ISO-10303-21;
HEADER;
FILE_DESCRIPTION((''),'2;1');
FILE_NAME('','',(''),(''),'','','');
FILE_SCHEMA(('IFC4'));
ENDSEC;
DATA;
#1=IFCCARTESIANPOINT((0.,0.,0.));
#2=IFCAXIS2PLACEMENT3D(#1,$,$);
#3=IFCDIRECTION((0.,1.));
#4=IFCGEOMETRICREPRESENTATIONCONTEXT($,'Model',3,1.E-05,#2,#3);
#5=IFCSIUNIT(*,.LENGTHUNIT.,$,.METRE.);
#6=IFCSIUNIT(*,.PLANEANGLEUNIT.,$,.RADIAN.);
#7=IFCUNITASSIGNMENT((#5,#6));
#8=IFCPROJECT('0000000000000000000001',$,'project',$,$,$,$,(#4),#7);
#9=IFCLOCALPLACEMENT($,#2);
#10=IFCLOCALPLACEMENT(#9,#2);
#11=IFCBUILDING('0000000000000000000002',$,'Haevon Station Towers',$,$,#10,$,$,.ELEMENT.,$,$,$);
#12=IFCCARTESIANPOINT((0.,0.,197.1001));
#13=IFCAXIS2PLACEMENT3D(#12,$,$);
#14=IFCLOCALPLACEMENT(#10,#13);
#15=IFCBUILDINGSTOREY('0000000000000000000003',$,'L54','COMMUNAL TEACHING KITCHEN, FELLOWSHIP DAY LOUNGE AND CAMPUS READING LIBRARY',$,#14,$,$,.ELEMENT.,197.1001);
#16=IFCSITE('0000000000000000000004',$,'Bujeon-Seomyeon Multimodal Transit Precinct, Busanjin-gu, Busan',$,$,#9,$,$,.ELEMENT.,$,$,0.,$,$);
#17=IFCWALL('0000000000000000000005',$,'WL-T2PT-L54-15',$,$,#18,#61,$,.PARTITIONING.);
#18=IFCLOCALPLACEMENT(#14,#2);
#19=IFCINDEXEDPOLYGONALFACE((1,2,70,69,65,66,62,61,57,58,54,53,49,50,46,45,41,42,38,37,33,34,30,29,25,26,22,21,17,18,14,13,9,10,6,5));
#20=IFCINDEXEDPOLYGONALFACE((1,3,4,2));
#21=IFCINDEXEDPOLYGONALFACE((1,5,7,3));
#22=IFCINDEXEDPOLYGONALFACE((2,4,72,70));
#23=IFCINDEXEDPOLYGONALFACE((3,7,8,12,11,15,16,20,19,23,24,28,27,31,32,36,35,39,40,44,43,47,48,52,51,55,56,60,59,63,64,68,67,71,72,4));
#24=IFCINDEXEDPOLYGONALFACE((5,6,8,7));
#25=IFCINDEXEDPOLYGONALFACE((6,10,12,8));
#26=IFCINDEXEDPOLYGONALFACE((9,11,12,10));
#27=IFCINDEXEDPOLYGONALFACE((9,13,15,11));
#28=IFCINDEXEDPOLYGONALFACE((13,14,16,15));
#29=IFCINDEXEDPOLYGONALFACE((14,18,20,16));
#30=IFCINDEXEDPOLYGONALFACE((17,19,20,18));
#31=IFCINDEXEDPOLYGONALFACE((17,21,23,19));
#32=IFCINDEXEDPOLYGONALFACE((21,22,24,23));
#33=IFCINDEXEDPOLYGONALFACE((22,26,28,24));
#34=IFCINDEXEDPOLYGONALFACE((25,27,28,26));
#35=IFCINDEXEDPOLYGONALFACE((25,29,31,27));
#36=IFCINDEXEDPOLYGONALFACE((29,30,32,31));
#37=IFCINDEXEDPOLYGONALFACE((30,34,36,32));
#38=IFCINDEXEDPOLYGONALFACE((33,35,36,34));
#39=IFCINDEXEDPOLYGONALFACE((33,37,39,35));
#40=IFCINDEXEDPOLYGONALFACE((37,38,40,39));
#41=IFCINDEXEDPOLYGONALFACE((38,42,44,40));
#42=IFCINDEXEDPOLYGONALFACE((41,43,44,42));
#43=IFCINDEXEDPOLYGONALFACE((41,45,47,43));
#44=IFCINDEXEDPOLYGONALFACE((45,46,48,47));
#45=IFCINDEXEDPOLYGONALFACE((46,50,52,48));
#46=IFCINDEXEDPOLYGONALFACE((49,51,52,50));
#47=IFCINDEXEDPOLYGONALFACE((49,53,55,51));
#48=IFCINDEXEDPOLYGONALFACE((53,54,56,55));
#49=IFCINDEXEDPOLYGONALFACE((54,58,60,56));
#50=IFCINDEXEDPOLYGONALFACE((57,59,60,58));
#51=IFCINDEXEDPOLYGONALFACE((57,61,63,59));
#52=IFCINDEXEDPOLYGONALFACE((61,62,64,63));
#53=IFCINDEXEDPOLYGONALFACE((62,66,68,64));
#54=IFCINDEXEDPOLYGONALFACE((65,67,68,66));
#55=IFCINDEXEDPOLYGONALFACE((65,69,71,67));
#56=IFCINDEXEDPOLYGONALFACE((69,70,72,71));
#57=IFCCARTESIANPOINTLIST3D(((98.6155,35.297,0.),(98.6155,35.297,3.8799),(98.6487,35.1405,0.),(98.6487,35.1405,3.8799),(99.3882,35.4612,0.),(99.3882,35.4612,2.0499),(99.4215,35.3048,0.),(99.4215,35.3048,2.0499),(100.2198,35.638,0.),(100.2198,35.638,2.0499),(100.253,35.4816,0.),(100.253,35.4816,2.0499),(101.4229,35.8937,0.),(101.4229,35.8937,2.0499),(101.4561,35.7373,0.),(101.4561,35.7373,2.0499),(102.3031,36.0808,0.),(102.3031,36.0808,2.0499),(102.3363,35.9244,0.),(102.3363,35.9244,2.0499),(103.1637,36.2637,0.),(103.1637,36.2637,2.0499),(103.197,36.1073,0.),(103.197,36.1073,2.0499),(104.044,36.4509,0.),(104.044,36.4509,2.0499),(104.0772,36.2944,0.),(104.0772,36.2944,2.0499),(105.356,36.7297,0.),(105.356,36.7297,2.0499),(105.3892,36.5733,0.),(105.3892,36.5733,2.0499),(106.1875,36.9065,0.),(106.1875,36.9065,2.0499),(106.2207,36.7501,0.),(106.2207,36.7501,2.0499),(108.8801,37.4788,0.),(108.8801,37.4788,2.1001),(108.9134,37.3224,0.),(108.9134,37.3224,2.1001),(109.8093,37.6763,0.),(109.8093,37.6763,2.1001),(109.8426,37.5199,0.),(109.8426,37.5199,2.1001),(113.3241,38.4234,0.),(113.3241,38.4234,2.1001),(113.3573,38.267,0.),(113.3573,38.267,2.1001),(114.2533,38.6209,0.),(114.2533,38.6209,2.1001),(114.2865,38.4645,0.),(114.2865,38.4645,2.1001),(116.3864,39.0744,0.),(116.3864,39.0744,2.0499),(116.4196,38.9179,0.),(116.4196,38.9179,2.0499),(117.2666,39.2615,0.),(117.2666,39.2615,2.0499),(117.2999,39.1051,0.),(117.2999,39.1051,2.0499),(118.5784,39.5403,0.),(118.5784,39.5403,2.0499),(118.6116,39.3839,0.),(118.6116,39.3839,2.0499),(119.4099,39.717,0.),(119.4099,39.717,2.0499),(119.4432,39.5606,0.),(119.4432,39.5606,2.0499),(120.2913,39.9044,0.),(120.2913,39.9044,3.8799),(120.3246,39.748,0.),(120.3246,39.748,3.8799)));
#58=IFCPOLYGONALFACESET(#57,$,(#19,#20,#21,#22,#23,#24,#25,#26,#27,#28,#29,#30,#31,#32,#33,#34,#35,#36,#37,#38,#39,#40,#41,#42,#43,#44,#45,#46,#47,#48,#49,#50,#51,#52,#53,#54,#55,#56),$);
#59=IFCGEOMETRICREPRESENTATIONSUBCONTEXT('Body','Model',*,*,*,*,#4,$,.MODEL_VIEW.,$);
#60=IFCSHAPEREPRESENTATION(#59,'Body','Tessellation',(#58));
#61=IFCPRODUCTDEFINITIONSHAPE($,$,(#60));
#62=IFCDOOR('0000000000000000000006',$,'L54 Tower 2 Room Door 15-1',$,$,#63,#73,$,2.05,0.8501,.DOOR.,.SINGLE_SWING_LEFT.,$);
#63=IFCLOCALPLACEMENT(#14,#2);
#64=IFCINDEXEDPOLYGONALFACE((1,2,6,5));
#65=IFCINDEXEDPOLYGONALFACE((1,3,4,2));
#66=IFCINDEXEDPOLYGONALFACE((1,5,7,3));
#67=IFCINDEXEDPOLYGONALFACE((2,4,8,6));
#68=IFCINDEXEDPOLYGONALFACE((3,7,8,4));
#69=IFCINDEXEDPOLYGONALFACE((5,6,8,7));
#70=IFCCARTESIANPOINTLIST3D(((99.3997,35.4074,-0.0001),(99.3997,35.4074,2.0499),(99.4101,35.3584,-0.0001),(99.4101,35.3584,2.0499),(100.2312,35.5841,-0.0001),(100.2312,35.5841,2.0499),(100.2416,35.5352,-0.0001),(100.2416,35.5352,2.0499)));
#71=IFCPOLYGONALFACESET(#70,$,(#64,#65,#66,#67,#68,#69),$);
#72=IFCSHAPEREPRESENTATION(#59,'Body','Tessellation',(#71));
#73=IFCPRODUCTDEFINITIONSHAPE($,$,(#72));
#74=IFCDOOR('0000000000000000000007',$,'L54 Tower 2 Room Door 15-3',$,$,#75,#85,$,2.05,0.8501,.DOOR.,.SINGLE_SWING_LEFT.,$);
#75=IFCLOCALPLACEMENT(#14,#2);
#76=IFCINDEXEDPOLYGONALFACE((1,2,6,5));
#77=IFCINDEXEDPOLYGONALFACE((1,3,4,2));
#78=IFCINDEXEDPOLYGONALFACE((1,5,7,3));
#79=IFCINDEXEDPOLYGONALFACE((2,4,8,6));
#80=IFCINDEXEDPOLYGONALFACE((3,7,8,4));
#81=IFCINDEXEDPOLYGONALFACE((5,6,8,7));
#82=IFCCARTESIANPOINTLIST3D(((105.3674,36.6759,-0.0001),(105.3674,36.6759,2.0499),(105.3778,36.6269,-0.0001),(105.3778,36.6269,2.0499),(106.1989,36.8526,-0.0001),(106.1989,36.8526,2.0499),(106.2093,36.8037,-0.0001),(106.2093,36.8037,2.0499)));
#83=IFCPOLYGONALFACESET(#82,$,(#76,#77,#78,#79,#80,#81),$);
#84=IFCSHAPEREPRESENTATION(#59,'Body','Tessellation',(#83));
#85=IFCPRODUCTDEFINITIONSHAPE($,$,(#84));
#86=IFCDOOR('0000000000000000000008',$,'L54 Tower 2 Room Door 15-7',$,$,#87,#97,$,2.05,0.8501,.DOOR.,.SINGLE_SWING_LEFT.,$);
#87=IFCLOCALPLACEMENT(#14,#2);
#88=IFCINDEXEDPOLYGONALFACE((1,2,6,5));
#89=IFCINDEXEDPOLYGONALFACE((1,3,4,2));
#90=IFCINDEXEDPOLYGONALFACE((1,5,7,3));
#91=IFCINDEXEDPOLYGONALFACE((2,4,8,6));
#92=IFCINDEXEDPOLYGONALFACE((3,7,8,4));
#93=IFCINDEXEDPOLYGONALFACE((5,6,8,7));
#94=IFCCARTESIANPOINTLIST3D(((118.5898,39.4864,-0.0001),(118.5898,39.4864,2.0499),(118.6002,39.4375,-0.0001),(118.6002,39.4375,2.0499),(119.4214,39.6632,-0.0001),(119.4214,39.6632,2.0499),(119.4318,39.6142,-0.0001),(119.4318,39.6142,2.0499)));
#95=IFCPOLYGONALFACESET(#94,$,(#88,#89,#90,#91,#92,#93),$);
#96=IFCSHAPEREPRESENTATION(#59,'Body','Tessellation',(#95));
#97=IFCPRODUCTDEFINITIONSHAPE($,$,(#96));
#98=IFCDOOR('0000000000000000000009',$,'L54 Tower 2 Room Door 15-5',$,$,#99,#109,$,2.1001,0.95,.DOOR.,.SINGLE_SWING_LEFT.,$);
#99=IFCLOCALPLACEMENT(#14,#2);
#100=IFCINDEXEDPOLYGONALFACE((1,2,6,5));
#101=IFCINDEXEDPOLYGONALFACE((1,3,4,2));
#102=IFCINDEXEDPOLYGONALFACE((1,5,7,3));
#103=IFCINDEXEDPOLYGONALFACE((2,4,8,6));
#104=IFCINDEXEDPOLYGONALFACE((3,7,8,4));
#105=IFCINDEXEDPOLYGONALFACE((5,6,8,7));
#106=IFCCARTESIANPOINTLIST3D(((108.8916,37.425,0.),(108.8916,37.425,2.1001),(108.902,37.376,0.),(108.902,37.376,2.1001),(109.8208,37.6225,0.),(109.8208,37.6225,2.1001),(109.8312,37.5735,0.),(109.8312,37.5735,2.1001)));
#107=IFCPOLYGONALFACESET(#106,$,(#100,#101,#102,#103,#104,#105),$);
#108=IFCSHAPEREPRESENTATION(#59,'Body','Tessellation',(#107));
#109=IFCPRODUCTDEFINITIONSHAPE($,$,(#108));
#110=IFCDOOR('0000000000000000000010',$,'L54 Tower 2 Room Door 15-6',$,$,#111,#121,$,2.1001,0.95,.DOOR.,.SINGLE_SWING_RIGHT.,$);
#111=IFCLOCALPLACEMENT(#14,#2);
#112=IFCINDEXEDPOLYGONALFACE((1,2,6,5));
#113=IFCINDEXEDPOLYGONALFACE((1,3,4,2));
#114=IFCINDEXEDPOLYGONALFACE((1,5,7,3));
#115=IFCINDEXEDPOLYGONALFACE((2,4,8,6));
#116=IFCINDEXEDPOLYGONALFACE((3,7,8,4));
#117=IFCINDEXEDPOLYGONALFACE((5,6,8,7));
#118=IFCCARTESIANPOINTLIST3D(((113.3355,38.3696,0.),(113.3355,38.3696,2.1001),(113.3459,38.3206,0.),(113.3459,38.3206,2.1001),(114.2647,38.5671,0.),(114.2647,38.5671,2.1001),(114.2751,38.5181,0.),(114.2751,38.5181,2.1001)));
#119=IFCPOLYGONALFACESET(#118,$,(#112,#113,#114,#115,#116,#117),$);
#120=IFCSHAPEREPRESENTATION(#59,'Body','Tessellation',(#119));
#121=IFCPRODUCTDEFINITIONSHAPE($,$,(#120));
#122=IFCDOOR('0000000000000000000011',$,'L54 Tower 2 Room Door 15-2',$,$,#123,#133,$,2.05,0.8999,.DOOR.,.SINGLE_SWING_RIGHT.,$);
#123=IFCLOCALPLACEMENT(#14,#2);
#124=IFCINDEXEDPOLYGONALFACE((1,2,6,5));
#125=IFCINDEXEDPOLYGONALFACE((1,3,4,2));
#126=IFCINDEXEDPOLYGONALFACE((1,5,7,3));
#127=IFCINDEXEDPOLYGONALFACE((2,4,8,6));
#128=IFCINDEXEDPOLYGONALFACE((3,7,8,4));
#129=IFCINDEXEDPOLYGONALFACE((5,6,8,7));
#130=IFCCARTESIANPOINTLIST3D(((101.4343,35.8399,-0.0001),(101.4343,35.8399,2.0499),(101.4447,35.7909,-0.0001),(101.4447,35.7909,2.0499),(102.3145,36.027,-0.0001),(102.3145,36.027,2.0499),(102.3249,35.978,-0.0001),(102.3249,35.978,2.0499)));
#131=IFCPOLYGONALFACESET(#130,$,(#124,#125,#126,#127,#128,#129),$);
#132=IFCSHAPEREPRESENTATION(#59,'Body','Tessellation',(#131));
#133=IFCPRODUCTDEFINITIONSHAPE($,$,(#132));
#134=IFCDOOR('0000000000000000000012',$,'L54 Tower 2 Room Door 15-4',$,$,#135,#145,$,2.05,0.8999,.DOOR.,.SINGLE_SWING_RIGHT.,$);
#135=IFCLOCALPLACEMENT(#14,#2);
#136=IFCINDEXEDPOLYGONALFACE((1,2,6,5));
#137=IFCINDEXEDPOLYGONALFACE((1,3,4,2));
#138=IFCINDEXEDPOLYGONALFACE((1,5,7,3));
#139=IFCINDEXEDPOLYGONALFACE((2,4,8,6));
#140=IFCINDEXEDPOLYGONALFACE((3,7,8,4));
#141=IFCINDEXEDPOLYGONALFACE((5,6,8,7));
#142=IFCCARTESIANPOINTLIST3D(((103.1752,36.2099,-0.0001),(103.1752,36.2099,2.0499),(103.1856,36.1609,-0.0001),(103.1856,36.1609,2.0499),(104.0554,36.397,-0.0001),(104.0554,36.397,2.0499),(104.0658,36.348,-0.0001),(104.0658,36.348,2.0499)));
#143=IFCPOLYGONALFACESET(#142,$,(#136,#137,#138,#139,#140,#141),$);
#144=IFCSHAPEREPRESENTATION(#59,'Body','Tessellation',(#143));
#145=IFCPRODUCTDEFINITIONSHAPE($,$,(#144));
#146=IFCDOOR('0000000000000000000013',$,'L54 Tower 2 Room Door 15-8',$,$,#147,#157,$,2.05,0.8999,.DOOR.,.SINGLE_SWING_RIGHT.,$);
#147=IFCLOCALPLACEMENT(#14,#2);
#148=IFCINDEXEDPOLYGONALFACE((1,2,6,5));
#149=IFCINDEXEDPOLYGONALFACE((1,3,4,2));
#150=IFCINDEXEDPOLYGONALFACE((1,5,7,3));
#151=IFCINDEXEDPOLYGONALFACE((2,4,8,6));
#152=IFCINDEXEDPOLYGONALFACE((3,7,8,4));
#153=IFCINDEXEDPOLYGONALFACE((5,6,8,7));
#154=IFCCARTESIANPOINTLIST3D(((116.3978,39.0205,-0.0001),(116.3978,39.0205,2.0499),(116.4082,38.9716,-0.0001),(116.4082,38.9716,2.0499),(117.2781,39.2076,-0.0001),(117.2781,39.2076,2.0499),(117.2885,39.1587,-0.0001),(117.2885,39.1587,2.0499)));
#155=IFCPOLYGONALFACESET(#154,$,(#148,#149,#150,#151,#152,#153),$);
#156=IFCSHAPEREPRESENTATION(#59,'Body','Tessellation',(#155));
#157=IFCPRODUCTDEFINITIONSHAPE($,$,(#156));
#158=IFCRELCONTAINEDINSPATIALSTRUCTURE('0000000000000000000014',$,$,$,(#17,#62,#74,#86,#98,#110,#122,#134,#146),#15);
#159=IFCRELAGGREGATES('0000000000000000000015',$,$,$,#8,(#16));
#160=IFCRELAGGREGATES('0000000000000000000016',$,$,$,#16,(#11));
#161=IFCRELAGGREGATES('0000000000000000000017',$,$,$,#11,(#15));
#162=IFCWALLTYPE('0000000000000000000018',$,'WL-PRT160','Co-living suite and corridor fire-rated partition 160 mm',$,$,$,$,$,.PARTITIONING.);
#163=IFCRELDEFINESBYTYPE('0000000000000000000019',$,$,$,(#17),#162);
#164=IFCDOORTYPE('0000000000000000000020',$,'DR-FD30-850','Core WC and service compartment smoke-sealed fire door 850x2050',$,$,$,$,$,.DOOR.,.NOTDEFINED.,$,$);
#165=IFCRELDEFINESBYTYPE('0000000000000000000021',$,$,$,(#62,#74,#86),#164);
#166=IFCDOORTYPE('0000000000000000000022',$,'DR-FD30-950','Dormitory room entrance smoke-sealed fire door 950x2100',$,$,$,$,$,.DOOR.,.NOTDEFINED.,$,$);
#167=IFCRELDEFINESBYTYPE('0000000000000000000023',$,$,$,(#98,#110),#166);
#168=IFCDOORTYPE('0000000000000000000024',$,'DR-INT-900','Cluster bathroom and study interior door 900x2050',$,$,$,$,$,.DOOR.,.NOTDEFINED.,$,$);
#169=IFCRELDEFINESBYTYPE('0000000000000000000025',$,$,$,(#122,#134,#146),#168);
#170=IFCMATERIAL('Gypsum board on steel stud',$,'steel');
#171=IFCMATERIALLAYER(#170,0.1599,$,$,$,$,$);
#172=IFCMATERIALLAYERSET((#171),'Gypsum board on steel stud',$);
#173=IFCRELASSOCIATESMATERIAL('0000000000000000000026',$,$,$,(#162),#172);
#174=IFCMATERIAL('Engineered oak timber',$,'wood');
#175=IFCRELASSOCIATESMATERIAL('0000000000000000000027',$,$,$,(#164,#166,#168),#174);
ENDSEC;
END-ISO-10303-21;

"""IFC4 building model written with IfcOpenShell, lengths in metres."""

from ifc_helpers import new_model, si_unit, direction, frame, frame_2d, origin, place, context, subcontext, project, spatial, rectangle, extrude, material, layer, layer_set, type_object, element, fill, save


model = new_model("IFC4")

# Units and contexts
model_context = context("Model", 3, precision=1e-05, world=origin(), true_north=direction((0.0, 1.0)))
body_context = subcontext(model_context, "Body", "Model", "MODEL_VIEW")
ifc_project = project(units=[si_unit("LENGTHUNIT", "METRE"), si_unit("PLANEANGLEUNIT", "RADIAN")], contexts=[model_context])

# Site, building, storey
site_placement = place(None, origin())
site = spatial("IfcSite", under=ifc_project, at=site_placement, Name="Bujeon-Seomyeon Multimodal Transit Precinct, Busanjin-gu, Busan", CompositionType="ELEMENT", RefElevation=0.0)
building_placement = place(site_placement, origin())
building = spatial("IfcBuilding", under=site, at=building_placement, Name="Haevon Station Towers", CompositionType="ELEMENT")
storey_placement = place(building_placement, frame((0.0, 0.0, 197.1001)))
storey = spatial("IfcBuildingStorey", under=building, at=storey_placement, Name="L54", Description="COMMUNAL TEACHING KITCHEN, FELLOWSHIP DAY LOUNGE AND CAMPUS READING LIBRARY", CompositionType="ELEMENT", Elevation=197.1001)

# Shared definitions
ifc_material_1 = material(Name="Gypsum board on steel stud", Category="steel")
ifc_layer_1 = layer(ifc_material_1, 0.1599)
ifc_layer_set_1 = layer_set([ifc_layer_1], Name="Gypsum board on steel stud")
wall_type_1 = type_object("IfcWallType", Name="WL-PRT160", Description="Co-living suite and corridor fire-rated partition 160 mm", PredefinedType="PARTITIONING", material=ifc_layer_set_1)

# Wall, openings, doors
wall_1_placement = place(storey_placement, frame((98.6321, 35.2188, 0.0), z_axis=(0.0, 0.0, 1.0), x_axis=(0.978147, 0.207916, 0.0)))
wall_1 = element("IfcWall", 1, at=wall_1_placement, inside=storey, type_object=wall_type_1, Name="WL-T2PT-L54-15", PredefinedType="PARTITIONING", context=body_context, shape_type="SweptSolid", body=[
    extrude(rectangle(XDim=22.1602, YDim=0.1599, at=frame_2d((11.0801, 0.0))), origin(), (0.0, 0.0, 1.0), 3.8799),
])
opening_1_placement = place(wall_1_placement, frame((0.79, 0.0, 0.0)))
opening_1 = element("IfcOpeningElement", 2, at=opening_1_placement, cuts=wall_1, PredefinedType="OPENING", context=body_context, shape_type="SweptSolid", body=[
    extrude(rectangle(XDim=0.8501, YDim=2.05, at=frame_2d((0.425, 1.0249))), frame((0.0, 0.0898, 0.0), z_axis=(0.0, -1.0, 0.0), x_axis=(1.0, 0.0, 0.0)), (0.0, 0.0, 1.0), 0.1799),
])
opening_2_placement = place(wall_1_placement, frame((2.8701, 0.0, 0.0)))
opening_2 = element("IfcOpeningElement", 3, at=opening_2_placement, cuts=wall_1, PredefinedType="OPENING", context=body_context, shape_type="SweptSolid", body=[
    extrude(rectangle(XDim=0.8999, YDim=2.05, at=frame_2d((0.45, 1.0249))), frame((0.0, 0.0898, 0.0), z_axis=(0.0, -1.0, 0.0), x_axis=(1.0, 0.0, 0.0)), (0.0, 0.0, 1.0), 0.1799),
])
opening_3_placement = place(wall_1_placement, frame((6.8911, 0.0, 0.0)))
opening_3 = element("IfcOpeningElement", 4, at=opening_3_placement, cuts=wall_1, PredefinedType="OPENING", context=body_context, shape_type="SweptSolid", body=[
    extrude(rectangle(XDim=0.8501, YDim=2.05, at=frame_2d((0.425, 1.0249))), frame((0.0, 0.0898, 0.0), z_axis=(0.0, -1.0, 0.0), x_axis=(1.0, 0.0, 0.0)), (0.0, 0.0, 1.0), 0.1799),
])
opening_4_placement = place(wall_1_placement, frame((4.6499, 0.0, 0.0)))
opening_4 = element("IfcOpeningElement", 5, at=opening_4_placement, cuts=wall_1, PredefinedType="OPENING", context=body_context, shape_type="SweptSolid", body=[
    extrude(rectangle(XDim=0.8999, YDim=2.05, at=frame_2d((0.45, 1.0249))), frame((0.0, 0.0898, 0.0), z_axis=(0.0, -1.0, 0.0), x_axis=(1.0, 0.0, 0.0)), (0.0, 0.0, 1.0), 0.1799),
])
opening_5_placement = place(wall_1_placement, frame((10.4939, 0.0, 0.0)))
opening_5 = element("IfcOpeningElement", 6, at=opening_5_placement, cuts=wall_1, PredefinedType="OPENING", context=body_context, shape_type="SweptSolid", body=[
    extrude(rectangle(XDim=0.95, YDim=2.1001, at=frame_2d((0.4751, 1.05))), frame((0.0, 0.0898, 0.0), z_axis=(0.0, -1.0, 0.0), x_axis=(1.0, 0.0, 0.0)), (0.0, 0.0, 1.0), 0.1799),
])
opening_6_placement = place(wall_1_placement, frame((15.0371, 0.0, 0.0)))
opening_6 = element("IfcOpeningElement", 7, at=opening_6_placement, cuts=wall_1, PredefinedType="OPENING", context=body_context, shape_type="SweptSolid", body=[
    extrude(rectangle(XDim=0.95, YDim=2.1001, at=frame_2d((0.4751, 1.05))), frame((0.0, 0.0898, 0.0), z_axis=(0.0, -1.0, 0.0), x_axis=(1.0, 0.0, 0.0)), (0.0, 0.0, 1.0), 0.1799),
])
opening_7_placement = place(wall_1_placement, frame((20.4089, 0.0, 0.0)))
opening_7 = element("IfcOpeningElement", 8, at=opening_7_placement, cuts=wall_1, PredefinedType="OPENING", context=body_context, shape_type="SweptSolid", body=[
    extrude(rectangle(XDim=0.8501, YDim=2.05, at=frame_2d((0.425, 1.0249))), frame((0.0, 0.0898, 0.0), z_axis=(0.0, -1.0, 0.0), x_axis=(1.0, 0.0, 0.0)), (0.0, 0.0, 1.0), 0.1799),
])
opening_8_placement = place(wall_1_placement, frame((18.168, 0.0, 0.0)))
opening_8 = element("IfcOpeningElement", 9, at=opening_8_placement, cuts=wall_1, PredefinedType="OPENING", context=body_context, shape_type="SweptSolid", body=[
    extrude(rectangle(XDim=0.8999, YDim=2.05, at=frame_2d((0.45, 1.0249))), frame((0.0, 0.0898, 0.0), z_axis=(0.0, -1.0, 0.0), x_axis=(1.0, 0.0, 0.0)), (0.0, 0.0, 1.0), 0.1799),
])
ifc_material_2 = material(Name="Engineered oak timber", Category="wood")
door_type_1 = type_object("IfcDoorType", Name="DR-FD30-850", Description="Core WC and service compartment smoke-sealed fire door 850x2050", OperationType="NOTDEFINED", PredefinedType="DOOR", material=ifc_material_2)
door_1_placement = place(opening_1_placement, origin())
door_1 = element("IfcDoor", 10, at=door_1_placement, inside=storey, type_object=door_type_1, Name="L54 Tower 2 Room Door 15-1", OperationType="SINGLE_SWING_LEFT", OverallHeight=2.05, OverallWidth=0.8501, PredefinedType="DOOR", context=body_context, shape_type="SweptSolid", body=[
    extrude(rectangle(XDim=0.8501, YDim=2.05, at=frame_2d((0.425, 1.0249))), frame((0.0, 0.0249, 0.0), z_axis=(0.0, -1.0, 0.0), x_axis=(1.0, 0.0, 0.0)), (0.0, 0.0, 1.0), 0.05),
])
fill(opening_1, door_1)
door_2_placement = place(opening_3_placement, origin())
door_2 = element("IfcDoor", 11, at=door_2_placement, inside=storey, type_object=door_type_1, Name="L54 Tower 2 Room Door 15-3", OperationType="SINGLE_SWING_LEFT", OverallHeight=2.05, OverallWidth=0.8501, PredefinedType="DOOR", context=body_context, shape_type="SweptSolid", body=[
    extrude(rectangle(XDim=0.8501, YDim=2.05, at=frame_2d((0.425, 1.0249))), frame((0.0, 0.0249, 0.0), z_axis=(0.0, -1.0, 0.0), x_axis=(1.0, 0.0, 0.0)), (0.0, 0.0, 1.0), 0.05),
])
fill(opening_3, door_2)
door_3_placement = place(opening_7_placement, origin())
door_3 = element("IfcDoor", 12, at=door_3_placement, inside=storey, type_object=door_type_1, Name="L54 Tower 2 Room Door 15-7", OperationType="SINGLE_SWING_LEFT", OverallHeight=2.05, OverallWidth=0.8501, PredefinedType="DOOR", context=body_context, shape_type="SweptSolid", body=[
    extrude(rectangle(XDim=0.8501, YDim=2.05, at=frame_2d((0.425, 1.0249))), frame((0.0, 0.0249, 0.0), z_axis=(0.0, -1.0, 0.0), x_axis=(1.0, 0.0, 0.0)), (0.0, 0.0, 1.0), 0.05),
])
fill(opening_7, door_3)
door_type_2 = type_object("IfcDoorType", Name="DR-FD30-950", Description="Dormitory room entrance smoke-sealed fire door 950x2100", OperationType="NOTDEFINED", PredefinedType="DOOR", material=ifc_material_2)
door_4_placement = place(opening_5_placement, origin())
door_4 = element("IfcDoor", 13, at=door_4_placement, inside=storey, type_object=door_type_2, Name="L54 Tower 2 Room Door 15-5", OperationType="SINGLE_SWING_LEFT", OverallHeight=2.1001, OverallWidth=0.95, PredefinedType="DOOR", context=body_context, shape_type="SweptSolid", body=[
    extrude(rectangle(XDim=0.95, YDim=2.1001, at=frame_2d((0.4751, 1.05))), frame((0.0, 0.0249, 0.0), z_axis=(0.0, -1.0, 0.0), x_axis=(1.0, 0.0, 0.0)), (0.0, 0.0, 1.0), 0.05),
])
fill(opening_5, door_4)
door_5_placement = place(opening_6_placement, origin())
door_5 = element("IfcDoor", 14, at=door_5_placement, inside=storey, type_object=door_type_2, Name="L54 Tower 2 Room Door 15-6", OperationType="SINGLE_SWING_RIGHT", OverallHeight=2.1001, OverallWidth=0.95, PredefinedType="DOOR", context=body_context, shape_type="SweptSolid", body=[
    extrude(rectangle(XDim=0.95, YDim=2.1001, at=frame_2d((0.4751, 1.05))), frame((0.0, 0.0249, 0.0), z_axis=(0.0, -1.0, 0.0), x_axis=(1.0, 0.0, 0.0)), (0.0, 0.0, 1.0), 0.05),
])
fill(opening_6, door_5)
door_type_3 = type_object("IfcDoorType", Name="DR-INT-900", Description="Cluster bathroom and study interior door 900x2050", OperationType="NOTDEFINED", PredefinedType="DOOR", material=ifc_material_2)
door_6_placement = place(opening_2_placement, origin())
door_6 = element("IfcDoor", 15, at=door_6_placement, inside=storey, type_object=door_type_3, Name="L54 Tower 2 Room Door 15-2", OperationType="SINGLE_SWING_RIGHT", OverallHeight=2.05, OverallWidth=0.8999, PredefinedType="DOOR", context=body_context, shape_type="SweptSolid", body=[
    extrude(rectangle(XDim=0.8999, YDim=2.05, at=frame_2d((0.45, 1.0249))), frame((0.0, 0.0249, 0.0), z_axis=(0.0, -1.0, 0.0), x_axis=(1.0, 0.0, 0.0)), (0.0, 0.0, 1.0), 0.05),
])
fill(opening_2, door_6)
door_7_placement = place(opening_4_placement, origin())
door_7 = element("IfcDoor", 16, at=door_7_placement, inside=storey, type_object=door_type_3, Name="L54 Tower 2 Room Door 15-4", OperationType="SINGLE_SWING_RIGHT", OverallHeight=2.05, OverallWidth=0.8999, PredefinedType="DOOR", context=body_context, shape_type="SweptSolid", body=[
    extrude(rectangle(XDim=0.8999, YDim=2.05, at=frame_2d((0.45, 1.0249))), frame((0.0, 0.0249, 0.0), z_axis=(0.0, -1.0, 0.0), x_axis=(1.0, 0.0, 0.0)), (0.0, 0.0, 1.0), 0.05),
])
fill(opening_4, door_7)
door_8_placement = place(opening_8_placement, origin())
door_8 = element("IfcDoor", 17, at=door_8_placement, inside=storey, type_object=door_type_3, Name="L54 Tower 2 Room Door 15-8", OperationType="SINGLE_SWING_RIGHT", OverallHeight=2.05, OverallWidth=0.8999, PredefinedType="DOOR", context=body_context, shape_type="SweptSolid", body=[
    extrude(rectangle(XDim=0.8999, YDim=2.05, at=frame_2d((0.45, 1.0249))), frame((0.0, 0.0249, 0.0), z_axis=(0.0, -1.0, 0.0), x_axis=(1.0, 0.0, 0.0)), (0.0, 0.0, 1.0), 0.05),
])
fill(opening_8, door_8)

save(model, "model.ifc")
